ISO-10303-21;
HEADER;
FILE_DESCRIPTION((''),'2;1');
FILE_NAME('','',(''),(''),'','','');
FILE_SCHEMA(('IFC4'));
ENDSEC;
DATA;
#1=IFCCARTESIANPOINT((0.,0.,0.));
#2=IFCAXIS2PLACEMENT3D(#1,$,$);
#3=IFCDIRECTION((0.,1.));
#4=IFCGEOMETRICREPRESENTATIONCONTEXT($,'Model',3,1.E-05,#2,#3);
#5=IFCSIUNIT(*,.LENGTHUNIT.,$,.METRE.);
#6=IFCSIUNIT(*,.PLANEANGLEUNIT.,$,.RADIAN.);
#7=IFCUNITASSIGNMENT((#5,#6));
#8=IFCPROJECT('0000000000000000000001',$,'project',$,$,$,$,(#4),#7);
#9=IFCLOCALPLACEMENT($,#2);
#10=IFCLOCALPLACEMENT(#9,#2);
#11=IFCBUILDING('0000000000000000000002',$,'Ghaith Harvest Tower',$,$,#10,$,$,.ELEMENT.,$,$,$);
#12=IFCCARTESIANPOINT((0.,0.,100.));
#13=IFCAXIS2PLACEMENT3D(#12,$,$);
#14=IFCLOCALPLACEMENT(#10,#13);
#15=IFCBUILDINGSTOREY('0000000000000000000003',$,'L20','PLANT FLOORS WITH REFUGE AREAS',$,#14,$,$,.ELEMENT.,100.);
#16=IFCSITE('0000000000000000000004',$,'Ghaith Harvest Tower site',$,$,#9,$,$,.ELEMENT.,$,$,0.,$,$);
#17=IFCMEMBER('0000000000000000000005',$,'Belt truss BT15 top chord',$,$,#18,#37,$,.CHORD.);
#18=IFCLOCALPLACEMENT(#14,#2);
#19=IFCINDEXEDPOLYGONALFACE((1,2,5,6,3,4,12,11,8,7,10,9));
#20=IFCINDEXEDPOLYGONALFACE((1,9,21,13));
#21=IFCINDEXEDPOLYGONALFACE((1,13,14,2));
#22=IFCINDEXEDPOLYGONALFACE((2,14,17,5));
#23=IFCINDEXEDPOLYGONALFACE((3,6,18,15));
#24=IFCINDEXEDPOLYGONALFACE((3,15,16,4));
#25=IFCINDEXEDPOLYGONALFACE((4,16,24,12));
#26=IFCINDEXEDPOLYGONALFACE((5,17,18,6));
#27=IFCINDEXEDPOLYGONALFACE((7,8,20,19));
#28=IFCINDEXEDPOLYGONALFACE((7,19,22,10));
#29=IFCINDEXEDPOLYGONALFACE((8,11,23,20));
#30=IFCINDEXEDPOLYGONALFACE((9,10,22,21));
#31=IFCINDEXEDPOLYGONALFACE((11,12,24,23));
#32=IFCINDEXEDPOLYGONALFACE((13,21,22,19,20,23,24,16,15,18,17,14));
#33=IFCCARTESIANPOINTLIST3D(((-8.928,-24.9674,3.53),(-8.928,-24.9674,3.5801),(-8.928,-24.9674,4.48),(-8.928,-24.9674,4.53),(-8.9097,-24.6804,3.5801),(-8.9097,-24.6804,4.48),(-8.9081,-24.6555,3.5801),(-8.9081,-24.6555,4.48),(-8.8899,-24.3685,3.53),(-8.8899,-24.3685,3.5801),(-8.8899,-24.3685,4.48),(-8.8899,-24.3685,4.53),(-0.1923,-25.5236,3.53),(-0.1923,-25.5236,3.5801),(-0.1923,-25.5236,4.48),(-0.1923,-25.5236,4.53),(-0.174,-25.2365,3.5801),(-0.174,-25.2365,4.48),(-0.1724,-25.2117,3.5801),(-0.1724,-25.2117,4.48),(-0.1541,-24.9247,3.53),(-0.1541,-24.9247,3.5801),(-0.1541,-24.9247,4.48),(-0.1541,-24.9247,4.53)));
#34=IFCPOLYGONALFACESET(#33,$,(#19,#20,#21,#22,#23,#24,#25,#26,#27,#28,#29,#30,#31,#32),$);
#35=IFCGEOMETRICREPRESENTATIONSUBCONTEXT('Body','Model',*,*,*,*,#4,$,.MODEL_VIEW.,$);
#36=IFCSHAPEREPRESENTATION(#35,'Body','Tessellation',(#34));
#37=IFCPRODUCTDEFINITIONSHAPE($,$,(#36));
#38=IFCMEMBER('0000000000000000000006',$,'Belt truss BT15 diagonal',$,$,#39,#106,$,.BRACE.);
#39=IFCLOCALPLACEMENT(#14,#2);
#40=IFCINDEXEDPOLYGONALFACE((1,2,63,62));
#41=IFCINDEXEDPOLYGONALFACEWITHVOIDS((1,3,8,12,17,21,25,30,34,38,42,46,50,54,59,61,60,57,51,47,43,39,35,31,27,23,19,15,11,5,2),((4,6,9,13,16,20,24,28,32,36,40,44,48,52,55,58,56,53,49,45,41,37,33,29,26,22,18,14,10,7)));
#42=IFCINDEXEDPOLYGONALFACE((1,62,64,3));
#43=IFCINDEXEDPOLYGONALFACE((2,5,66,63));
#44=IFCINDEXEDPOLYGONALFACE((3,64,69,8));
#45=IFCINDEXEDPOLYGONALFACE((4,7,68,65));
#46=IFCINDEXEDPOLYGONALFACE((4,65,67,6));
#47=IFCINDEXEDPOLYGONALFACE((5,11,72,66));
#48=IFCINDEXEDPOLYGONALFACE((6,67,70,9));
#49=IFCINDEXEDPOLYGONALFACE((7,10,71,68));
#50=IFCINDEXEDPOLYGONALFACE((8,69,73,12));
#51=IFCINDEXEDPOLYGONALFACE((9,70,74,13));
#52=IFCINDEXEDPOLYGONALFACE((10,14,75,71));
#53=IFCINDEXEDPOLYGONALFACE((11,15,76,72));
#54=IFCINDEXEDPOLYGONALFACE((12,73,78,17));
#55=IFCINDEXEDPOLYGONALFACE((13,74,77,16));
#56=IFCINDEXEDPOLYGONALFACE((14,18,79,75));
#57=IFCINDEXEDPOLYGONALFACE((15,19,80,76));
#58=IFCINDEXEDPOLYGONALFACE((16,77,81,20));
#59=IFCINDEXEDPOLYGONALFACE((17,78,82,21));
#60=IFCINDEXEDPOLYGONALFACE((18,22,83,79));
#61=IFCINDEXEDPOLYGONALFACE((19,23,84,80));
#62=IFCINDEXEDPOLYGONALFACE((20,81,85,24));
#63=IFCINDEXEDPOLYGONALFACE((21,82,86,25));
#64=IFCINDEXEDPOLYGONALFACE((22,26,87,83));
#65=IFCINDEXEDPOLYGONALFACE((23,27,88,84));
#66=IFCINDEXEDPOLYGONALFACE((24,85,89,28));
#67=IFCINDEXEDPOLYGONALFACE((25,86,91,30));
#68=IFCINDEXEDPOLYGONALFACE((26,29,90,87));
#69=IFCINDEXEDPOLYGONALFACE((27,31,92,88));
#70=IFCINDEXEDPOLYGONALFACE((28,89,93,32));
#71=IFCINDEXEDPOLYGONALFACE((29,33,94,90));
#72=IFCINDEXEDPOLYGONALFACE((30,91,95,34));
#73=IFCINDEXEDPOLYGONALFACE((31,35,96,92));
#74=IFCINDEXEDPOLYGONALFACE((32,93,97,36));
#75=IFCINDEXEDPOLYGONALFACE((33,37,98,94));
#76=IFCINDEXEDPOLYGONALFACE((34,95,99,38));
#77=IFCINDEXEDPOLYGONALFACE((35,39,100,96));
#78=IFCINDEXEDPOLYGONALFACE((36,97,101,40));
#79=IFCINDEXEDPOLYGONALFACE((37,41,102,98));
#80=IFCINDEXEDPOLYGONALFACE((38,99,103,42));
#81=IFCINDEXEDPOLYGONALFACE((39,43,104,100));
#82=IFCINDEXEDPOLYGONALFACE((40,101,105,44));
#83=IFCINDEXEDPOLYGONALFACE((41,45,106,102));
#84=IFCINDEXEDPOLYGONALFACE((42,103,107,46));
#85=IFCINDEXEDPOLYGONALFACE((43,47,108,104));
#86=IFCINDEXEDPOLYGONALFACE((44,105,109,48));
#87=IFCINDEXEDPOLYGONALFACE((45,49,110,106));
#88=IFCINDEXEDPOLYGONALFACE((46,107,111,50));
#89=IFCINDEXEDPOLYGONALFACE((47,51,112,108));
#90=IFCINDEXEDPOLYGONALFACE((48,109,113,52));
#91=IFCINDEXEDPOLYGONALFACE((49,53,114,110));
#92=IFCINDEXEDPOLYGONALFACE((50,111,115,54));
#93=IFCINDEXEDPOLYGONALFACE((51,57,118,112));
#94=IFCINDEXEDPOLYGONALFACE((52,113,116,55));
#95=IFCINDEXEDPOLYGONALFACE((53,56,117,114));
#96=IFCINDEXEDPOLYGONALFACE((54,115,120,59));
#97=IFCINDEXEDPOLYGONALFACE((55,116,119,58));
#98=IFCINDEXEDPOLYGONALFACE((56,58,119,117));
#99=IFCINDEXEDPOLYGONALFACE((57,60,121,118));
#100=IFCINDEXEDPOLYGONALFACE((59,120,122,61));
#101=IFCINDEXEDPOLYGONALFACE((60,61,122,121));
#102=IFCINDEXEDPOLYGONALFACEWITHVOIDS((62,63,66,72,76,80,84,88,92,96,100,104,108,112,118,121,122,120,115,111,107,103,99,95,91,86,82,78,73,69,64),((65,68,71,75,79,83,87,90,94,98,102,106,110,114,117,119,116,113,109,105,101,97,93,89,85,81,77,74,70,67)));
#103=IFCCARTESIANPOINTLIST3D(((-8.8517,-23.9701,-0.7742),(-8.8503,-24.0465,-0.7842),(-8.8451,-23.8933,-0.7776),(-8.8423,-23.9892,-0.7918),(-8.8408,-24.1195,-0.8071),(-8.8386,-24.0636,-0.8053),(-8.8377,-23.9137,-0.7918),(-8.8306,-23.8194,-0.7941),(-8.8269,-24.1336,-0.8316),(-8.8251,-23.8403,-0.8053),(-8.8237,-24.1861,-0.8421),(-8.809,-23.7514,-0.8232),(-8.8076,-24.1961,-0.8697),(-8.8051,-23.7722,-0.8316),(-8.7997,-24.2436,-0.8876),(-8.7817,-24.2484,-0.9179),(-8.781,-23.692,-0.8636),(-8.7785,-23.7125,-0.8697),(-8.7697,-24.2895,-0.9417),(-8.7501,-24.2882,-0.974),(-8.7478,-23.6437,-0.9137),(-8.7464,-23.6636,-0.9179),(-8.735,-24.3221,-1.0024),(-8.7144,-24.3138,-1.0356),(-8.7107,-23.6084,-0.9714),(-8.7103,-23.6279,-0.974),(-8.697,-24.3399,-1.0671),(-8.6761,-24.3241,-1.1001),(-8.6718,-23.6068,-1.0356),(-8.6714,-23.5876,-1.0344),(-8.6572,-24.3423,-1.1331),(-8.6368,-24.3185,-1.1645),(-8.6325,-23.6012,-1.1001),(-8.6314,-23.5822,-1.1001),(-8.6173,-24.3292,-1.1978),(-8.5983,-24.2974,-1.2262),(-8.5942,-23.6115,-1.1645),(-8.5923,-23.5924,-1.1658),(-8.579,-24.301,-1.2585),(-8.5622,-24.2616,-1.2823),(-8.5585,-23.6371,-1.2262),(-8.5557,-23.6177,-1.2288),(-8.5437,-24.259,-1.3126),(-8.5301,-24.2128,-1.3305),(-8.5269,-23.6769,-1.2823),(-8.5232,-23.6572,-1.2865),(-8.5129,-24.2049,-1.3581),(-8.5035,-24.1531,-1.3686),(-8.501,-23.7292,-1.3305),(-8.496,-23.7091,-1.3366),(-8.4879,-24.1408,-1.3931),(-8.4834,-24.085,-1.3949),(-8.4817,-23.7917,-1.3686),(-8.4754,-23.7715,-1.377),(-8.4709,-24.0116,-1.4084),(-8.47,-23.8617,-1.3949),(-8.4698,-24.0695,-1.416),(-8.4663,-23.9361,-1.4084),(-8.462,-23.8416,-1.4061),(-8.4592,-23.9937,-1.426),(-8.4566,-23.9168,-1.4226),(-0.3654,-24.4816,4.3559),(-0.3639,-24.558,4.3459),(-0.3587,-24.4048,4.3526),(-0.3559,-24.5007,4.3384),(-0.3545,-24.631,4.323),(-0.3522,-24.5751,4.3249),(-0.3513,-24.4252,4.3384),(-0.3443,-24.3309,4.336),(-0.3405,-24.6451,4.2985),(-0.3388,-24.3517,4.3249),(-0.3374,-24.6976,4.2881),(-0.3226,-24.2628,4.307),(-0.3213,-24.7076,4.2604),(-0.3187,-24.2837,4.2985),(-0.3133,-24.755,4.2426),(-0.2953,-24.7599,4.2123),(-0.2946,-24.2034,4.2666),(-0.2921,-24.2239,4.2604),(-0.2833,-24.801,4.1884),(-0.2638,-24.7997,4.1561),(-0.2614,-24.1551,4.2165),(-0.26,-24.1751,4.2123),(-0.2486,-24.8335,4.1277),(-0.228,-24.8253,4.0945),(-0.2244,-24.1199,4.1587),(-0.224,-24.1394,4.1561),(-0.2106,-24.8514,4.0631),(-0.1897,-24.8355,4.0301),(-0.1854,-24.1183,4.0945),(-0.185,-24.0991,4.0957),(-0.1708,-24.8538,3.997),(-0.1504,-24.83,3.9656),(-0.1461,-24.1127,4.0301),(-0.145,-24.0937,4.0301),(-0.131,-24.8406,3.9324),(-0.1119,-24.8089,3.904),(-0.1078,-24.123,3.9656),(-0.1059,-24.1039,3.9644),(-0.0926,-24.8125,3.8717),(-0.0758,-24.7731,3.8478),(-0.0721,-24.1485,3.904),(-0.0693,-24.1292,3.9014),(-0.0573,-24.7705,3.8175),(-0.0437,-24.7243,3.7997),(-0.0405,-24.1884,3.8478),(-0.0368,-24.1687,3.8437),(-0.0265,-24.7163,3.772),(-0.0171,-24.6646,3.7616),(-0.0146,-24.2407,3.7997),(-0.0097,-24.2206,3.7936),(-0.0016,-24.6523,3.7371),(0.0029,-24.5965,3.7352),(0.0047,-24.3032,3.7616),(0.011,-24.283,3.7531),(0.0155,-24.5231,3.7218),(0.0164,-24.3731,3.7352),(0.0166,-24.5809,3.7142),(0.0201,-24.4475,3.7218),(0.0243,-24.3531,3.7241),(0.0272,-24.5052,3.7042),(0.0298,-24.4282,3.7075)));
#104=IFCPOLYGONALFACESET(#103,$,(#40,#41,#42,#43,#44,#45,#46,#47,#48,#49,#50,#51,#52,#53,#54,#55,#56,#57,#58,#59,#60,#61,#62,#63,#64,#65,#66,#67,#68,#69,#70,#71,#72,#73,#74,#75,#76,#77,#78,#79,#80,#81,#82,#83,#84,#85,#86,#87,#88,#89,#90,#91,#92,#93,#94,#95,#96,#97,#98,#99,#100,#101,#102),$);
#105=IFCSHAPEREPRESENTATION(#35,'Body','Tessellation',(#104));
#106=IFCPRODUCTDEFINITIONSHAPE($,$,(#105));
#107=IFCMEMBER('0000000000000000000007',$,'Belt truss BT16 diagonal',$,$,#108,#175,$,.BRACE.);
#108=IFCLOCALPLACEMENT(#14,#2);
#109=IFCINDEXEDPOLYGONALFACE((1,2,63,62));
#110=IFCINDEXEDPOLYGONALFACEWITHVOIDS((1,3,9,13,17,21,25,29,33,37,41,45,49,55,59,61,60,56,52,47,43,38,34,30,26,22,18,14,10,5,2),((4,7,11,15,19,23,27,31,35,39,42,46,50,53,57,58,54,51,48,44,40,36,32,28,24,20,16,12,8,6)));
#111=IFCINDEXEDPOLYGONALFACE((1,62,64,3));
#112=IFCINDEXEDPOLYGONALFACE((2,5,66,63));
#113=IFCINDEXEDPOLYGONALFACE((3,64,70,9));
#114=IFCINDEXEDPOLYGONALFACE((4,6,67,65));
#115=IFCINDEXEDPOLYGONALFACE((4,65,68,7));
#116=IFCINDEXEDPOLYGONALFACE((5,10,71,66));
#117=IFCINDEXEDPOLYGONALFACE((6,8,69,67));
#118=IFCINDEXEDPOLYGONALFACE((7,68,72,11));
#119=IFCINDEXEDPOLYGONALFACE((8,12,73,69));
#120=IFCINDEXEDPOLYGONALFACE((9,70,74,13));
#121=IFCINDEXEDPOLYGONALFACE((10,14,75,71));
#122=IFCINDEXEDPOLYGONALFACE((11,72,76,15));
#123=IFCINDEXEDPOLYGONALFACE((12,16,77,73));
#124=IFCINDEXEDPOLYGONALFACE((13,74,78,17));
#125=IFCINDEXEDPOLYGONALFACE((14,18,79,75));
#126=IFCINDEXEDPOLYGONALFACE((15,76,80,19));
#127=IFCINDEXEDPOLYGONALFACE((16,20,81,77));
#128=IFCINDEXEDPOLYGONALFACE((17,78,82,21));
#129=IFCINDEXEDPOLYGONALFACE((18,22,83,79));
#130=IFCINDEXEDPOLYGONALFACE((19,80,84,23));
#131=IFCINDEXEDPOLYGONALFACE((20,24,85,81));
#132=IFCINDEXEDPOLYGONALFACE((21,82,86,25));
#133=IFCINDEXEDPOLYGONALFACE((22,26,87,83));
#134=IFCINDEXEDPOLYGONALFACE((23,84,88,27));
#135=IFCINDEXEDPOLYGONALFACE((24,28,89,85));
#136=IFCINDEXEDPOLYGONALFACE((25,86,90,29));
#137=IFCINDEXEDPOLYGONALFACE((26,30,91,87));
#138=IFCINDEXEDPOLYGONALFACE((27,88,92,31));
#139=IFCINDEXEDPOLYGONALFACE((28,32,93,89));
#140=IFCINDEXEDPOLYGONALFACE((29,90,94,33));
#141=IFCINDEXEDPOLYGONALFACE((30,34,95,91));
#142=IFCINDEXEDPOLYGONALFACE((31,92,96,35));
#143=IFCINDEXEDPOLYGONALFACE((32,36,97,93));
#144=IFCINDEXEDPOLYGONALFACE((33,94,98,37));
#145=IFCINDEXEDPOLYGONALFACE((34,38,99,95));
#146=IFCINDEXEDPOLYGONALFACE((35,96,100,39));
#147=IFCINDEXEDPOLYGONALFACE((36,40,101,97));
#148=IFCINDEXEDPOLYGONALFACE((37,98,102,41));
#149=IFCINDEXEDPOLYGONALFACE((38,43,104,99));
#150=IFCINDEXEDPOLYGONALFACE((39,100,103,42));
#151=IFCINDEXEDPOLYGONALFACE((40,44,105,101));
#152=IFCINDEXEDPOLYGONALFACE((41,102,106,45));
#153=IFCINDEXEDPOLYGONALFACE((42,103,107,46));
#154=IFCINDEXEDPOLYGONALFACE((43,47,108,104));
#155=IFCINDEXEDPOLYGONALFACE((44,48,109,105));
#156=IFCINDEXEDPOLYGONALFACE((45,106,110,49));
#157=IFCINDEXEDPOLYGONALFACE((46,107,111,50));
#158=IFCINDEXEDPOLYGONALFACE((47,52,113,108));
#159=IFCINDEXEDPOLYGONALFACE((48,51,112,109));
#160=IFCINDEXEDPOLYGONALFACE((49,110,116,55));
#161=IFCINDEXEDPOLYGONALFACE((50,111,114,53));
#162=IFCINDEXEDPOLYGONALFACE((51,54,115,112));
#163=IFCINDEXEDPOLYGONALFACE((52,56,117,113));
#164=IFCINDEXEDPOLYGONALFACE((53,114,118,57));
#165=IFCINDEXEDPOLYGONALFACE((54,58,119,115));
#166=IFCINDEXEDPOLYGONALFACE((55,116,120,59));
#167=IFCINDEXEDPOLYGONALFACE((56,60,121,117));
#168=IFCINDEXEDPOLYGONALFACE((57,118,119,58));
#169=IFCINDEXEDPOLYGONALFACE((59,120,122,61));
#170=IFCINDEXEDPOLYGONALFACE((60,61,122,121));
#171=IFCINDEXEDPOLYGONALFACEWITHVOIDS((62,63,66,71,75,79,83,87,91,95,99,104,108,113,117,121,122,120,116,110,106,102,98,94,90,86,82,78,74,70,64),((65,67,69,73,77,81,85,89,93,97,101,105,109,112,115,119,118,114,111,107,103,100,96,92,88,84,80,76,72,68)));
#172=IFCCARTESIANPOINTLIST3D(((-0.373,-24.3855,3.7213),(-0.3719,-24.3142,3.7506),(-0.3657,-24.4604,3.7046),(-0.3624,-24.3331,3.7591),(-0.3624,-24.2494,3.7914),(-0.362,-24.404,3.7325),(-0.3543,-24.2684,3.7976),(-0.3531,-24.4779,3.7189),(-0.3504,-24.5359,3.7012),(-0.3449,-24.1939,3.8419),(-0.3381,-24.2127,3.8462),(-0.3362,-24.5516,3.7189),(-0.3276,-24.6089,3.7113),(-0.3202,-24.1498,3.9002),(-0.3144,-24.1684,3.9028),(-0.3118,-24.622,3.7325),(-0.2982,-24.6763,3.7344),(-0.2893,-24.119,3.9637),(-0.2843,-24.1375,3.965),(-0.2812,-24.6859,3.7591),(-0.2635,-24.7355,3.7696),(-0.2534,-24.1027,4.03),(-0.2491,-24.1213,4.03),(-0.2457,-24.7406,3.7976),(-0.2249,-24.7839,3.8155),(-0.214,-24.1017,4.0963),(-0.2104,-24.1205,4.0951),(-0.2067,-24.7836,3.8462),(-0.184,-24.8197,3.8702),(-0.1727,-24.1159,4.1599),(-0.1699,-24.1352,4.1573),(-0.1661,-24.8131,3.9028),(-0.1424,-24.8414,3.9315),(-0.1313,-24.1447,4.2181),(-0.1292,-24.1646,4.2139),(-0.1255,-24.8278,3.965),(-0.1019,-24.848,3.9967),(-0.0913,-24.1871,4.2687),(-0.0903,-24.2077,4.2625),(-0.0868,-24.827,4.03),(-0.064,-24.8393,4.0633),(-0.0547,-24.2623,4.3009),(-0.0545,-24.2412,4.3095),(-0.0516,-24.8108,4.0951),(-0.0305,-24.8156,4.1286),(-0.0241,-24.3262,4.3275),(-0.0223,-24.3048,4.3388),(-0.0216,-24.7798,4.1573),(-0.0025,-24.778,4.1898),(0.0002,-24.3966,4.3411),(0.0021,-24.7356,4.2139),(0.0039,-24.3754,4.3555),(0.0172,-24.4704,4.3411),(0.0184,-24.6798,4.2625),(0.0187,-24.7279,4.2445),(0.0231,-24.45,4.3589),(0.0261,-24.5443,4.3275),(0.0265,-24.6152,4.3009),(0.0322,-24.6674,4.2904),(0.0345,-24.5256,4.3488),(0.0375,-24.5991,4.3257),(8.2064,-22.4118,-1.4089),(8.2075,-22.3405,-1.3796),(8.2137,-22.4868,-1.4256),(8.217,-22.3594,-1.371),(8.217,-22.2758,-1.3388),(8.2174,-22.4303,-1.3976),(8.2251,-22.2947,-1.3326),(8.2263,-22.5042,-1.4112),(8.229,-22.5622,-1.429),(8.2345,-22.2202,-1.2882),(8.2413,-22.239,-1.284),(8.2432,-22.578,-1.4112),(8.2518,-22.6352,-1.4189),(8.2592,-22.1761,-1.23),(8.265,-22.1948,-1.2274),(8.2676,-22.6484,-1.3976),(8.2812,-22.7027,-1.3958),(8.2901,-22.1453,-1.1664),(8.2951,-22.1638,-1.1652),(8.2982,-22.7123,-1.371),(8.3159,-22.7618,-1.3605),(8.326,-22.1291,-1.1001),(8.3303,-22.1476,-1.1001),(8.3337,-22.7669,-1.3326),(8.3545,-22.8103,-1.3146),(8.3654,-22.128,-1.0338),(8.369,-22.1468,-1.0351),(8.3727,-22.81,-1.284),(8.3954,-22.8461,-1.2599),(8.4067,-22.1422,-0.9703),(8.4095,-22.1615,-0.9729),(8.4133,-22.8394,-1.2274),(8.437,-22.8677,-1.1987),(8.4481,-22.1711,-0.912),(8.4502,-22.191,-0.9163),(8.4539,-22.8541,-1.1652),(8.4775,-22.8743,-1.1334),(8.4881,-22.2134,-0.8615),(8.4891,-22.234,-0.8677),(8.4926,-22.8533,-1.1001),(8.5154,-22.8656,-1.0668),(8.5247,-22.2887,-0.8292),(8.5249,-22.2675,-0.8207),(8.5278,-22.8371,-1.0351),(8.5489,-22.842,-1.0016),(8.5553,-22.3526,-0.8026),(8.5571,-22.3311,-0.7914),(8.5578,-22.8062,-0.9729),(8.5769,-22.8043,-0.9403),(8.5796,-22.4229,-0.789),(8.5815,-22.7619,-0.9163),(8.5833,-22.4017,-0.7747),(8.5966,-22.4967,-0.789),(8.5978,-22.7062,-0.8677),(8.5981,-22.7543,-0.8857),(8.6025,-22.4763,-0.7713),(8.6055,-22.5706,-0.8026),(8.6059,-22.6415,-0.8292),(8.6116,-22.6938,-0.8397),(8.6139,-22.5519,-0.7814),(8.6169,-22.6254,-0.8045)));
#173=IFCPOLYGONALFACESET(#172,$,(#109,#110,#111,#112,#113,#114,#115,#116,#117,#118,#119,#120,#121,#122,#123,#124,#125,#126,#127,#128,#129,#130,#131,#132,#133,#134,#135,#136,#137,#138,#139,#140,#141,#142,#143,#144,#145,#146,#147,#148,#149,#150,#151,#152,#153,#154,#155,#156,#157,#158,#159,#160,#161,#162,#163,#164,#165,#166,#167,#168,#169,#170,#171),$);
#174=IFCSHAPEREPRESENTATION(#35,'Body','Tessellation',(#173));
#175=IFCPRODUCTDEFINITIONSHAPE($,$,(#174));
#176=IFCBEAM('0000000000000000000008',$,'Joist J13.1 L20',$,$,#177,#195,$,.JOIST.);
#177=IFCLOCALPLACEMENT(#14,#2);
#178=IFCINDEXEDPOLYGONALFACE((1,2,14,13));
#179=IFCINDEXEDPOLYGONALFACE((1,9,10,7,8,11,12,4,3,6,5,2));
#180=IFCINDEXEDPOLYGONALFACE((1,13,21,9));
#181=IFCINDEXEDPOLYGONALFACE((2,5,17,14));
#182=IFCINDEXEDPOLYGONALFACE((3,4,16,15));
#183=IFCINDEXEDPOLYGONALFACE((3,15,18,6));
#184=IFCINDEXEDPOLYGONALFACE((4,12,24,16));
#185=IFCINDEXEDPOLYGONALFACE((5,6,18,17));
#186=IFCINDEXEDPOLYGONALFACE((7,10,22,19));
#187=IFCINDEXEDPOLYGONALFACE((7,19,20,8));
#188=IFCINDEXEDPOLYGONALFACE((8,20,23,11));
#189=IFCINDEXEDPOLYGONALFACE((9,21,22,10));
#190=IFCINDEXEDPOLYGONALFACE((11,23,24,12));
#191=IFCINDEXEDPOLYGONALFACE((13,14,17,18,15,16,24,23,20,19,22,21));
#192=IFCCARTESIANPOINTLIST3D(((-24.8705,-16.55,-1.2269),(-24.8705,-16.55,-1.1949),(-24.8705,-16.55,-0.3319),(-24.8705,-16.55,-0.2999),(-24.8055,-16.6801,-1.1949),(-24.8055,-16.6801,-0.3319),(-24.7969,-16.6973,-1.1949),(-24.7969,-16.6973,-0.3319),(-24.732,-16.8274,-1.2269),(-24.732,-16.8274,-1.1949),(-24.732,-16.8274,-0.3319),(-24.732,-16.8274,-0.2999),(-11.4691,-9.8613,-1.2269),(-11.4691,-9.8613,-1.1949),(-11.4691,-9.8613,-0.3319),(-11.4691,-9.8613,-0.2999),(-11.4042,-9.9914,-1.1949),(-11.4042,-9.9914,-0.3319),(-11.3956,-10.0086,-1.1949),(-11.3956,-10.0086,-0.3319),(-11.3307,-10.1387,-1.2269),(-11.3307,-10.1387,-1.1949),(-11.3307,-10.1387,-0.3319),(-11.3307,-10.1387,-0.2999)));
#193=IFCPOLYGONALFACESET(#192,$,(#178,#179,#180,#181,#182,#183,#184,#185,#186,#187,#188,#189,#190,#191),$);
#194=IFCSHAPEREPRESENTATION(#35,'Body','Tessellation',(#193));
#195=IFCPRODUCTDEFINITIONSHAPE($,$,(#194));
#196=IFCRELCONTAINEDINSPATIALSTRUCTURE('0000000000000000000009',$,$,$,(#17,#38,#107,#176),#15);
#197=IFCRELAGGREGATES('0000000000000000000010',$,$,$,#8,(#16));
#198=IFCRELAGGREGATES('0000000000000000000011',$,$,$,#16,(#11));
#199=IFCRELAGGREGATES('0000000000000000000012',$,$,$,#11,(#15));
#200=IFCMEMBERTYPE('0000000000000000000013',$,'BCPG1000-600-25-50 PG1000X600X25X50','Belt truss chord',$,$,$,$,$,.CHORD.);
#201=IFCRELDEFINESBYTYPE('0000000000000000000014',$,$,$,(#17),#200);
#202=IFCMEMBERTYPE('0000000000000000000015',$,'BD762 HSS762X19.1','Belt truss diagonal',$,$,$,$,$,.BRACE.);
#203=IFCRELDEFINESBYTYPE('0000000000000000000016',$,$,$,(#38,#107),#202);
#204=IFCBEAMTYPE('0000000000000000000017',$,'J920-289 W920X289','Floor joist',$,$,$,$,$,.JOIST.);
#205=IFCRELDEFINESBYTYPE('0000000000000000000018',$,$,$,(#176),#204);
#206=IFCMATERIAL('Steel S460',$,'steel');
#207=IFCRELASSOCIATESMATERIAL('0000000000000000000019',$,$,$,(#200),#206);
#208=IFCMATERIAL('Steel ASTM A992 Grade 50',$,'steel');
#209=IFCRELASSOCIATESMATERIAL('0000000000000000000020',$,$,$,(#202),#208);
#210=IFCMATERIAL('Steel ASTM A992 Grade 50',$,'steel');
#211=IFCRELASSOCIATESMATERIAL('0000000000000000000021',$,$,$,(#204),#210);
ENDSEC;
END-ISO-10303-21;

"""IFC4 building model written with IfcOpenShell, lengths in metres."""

from ifc_helpers import new_model, si_unit, direction, frame, origin, origin_2d, place, context, subcontext, project, spatial, hollow_circle, i_section, extrude, material, material_profile, profile_set, type_object, element, save


model = new_model("IFC4")

# Units and contexts
model_context = context("Model", 3, precision=1e-05, world=origin(), true_north=direction((0.0, 1.0)))
body_context = subcontext(model_context, "Body", "Model", "MODEL_VIEW")
ifc_project = project(units=[si_unit("LENGTHUNIT", "METRE"), si_unit("PLANEANGLEUNIT", "RADIAN")], contexts=[model_context])

# Site, building, storey
site_placement = place(None, origin())
site = spatial("IfcSite", under=ifc_project, at=site_placement, Name="Ghaith Harvest Tower site", CompositionType="ELEMENT", RefElevation=0.0)
building_placement = place(site_placement, origin())
building = spatial("IfcBuilding", under=site, at=building_placement, Name="Ghaith Harvest Tower", CompositionType="ELEMENT")
storey_placement = place(building_placement, frame((0.0, 0.0, 100.0)))
storey = spatial("IfcBuildingStorey", under=building, at=storey_placement, Name="L20", Description="PLANT FLOORS WITH REFUGE AREAS", CompositionType="ELEMENT", Elevation=100.0)

# Members
ifc_material_1 = material(Name="Steel S460", Category="steel")
ifc_material_profile_1 = material_profile(ifc_material_1, i_section(OverallWidth=0.6001, OverallDepth=1.0, WebThickness=0.0249, FlangeThickness=0.05, at=origin_2d()), Name="PG1000X600X25X50")
ifc_profile_set_1 = profile_set([ifc_material_profile_1], Name="Steel S460")
member_type_1 = type_object("IfcMemberType", Name="BCPG1000-600-25-50 PG1000X600X25X50", Description="Belt truss chord", PredefinedType="CHORD", material=ifc_profile_set_1)
member_1_placement = place(storey_placement, frame((-8.9089, -24.668, 4.03), z_axis=(0.99798, -0.063535, 0.0), x_axis=(0.063535, 0.99798, 0.0)))
element("IfcMember", 1, at=member_1_placement, inside=storey, type_object=member_type_1, Name="Belt truss BT15 top chord", PredefinedType="CHORD", context=body_context, shape_type="SweptSolid", body=[
    extrude(i_section(OverallWidth=0.6001, OverallDepth=1.0, WebThickness=0.0249, FlangeThickness=0.05, at=origin_2d()), origin(), (0.0, 0.0, 1.0), 8.7534),
])
ifc_material_2 = material(Name="Steel ASTM A992 Grade 50", Category="steel")
ifc_material_profile_2 = material_profile(ifc_material_2, hollow_circle(Radius=0.3811, WallThickness=0.019, at=origin_2d()), Name="HSS762X19.1")
ifc_profile_set_2 = profile_set([ifc_material_profile_2], Name="Steel ASTM A992 Grade 50")
member_type_2 = type_object("IfcMemberType", Name="BD762 HSS762X19.1", Description="Belt truss diagonal", PredefinedType="BRACE", material=ifc_profile_set_2)
member_2_placement = place(storey_placement, frame((-8.6543, -23.9626, -1.1001), z_axis=(0.854647, -0.05151, 0.516648), x_axis=(0.060161, 0.998189, 0.0)))
element("IfcMember", 2, at=member_2_placement, inside=storey, type_object=member_type_2, Name="Belt truss BT15 diagonal", PredefinedType="BRACE", context=body_context, shape_type="SweptSolid", body=[
    extrude(hollow_circle(Radius=0.3811, WallThickness=0.019, at=origin_2d()), origin(), (0.0, 0.0, 1.0), 9.9297),
])
member_3_placement = place(storey_placement, frame((-0.168, -24.4741, 4.03), z_axis=(0.842009, 0.1937, -0.50349), x_axis=(-0.224189, 0.974546, 0.0)))
element("IfcMember", 3, at=member_3_placement, inside=storey, type_object=member_type_2, Name="Belt truss BT16 diagonal", PredefinedType="BRACE", context=body_context, shape_type="SweptSolid", body=[
    extrude(hollow_circle(Radius=0.3811, WallThickness=0.019, at=origin_2d()), origin(), (0.0, 0.0, 1.0), 10.1892),
])

# Beam
ifc_material_3 = material(Name="Steel ASTM A992 Grade 50", Category="steel")
ifc_material_profile_3 = material_profile(ifc_material_3, i_section(OverallWidth=0.3101, OverallDepth=0.927, WebThickness=0.0193, FlangeThickness=0.032, at=origin_2d()), Name="W920X289")
ifc_profile_set_3 = profile_set([ifc_material_profile_3], Name="Steel ASTM A992 Grade 50")
beam_type_1 = type_object("IfcBeamType", Name="J920-289 W920X289", Description="Floor joist", PredefinedType="JOIST", material=ifc_profile_set_3)
beam_1_placement = place(storey_placement, frame((-11.3999, -10.0, -0.7634), z_axis=(-0.894746, -0.446575, 0.0), x_axis=(0.446575, -0.894746, 0.0)))
element("IfcBeam", 4, at=beam_1_placement, inside=storey, type_object=beam_type_1, Name="Joist J13.1 L20", PredefinedType="JOIST", context=body_context, shape_type="SweptSolid", body=[
    extrude(i_section(OverallWidth=0.3101, OverallDepth=0.927, WebThickness=0.0193, FlangeThickness=0.032, at=origin_2d()), origin(), (0.0, 0.0, 1.0), 14.9778),
])

save(model, "model.ifc")
